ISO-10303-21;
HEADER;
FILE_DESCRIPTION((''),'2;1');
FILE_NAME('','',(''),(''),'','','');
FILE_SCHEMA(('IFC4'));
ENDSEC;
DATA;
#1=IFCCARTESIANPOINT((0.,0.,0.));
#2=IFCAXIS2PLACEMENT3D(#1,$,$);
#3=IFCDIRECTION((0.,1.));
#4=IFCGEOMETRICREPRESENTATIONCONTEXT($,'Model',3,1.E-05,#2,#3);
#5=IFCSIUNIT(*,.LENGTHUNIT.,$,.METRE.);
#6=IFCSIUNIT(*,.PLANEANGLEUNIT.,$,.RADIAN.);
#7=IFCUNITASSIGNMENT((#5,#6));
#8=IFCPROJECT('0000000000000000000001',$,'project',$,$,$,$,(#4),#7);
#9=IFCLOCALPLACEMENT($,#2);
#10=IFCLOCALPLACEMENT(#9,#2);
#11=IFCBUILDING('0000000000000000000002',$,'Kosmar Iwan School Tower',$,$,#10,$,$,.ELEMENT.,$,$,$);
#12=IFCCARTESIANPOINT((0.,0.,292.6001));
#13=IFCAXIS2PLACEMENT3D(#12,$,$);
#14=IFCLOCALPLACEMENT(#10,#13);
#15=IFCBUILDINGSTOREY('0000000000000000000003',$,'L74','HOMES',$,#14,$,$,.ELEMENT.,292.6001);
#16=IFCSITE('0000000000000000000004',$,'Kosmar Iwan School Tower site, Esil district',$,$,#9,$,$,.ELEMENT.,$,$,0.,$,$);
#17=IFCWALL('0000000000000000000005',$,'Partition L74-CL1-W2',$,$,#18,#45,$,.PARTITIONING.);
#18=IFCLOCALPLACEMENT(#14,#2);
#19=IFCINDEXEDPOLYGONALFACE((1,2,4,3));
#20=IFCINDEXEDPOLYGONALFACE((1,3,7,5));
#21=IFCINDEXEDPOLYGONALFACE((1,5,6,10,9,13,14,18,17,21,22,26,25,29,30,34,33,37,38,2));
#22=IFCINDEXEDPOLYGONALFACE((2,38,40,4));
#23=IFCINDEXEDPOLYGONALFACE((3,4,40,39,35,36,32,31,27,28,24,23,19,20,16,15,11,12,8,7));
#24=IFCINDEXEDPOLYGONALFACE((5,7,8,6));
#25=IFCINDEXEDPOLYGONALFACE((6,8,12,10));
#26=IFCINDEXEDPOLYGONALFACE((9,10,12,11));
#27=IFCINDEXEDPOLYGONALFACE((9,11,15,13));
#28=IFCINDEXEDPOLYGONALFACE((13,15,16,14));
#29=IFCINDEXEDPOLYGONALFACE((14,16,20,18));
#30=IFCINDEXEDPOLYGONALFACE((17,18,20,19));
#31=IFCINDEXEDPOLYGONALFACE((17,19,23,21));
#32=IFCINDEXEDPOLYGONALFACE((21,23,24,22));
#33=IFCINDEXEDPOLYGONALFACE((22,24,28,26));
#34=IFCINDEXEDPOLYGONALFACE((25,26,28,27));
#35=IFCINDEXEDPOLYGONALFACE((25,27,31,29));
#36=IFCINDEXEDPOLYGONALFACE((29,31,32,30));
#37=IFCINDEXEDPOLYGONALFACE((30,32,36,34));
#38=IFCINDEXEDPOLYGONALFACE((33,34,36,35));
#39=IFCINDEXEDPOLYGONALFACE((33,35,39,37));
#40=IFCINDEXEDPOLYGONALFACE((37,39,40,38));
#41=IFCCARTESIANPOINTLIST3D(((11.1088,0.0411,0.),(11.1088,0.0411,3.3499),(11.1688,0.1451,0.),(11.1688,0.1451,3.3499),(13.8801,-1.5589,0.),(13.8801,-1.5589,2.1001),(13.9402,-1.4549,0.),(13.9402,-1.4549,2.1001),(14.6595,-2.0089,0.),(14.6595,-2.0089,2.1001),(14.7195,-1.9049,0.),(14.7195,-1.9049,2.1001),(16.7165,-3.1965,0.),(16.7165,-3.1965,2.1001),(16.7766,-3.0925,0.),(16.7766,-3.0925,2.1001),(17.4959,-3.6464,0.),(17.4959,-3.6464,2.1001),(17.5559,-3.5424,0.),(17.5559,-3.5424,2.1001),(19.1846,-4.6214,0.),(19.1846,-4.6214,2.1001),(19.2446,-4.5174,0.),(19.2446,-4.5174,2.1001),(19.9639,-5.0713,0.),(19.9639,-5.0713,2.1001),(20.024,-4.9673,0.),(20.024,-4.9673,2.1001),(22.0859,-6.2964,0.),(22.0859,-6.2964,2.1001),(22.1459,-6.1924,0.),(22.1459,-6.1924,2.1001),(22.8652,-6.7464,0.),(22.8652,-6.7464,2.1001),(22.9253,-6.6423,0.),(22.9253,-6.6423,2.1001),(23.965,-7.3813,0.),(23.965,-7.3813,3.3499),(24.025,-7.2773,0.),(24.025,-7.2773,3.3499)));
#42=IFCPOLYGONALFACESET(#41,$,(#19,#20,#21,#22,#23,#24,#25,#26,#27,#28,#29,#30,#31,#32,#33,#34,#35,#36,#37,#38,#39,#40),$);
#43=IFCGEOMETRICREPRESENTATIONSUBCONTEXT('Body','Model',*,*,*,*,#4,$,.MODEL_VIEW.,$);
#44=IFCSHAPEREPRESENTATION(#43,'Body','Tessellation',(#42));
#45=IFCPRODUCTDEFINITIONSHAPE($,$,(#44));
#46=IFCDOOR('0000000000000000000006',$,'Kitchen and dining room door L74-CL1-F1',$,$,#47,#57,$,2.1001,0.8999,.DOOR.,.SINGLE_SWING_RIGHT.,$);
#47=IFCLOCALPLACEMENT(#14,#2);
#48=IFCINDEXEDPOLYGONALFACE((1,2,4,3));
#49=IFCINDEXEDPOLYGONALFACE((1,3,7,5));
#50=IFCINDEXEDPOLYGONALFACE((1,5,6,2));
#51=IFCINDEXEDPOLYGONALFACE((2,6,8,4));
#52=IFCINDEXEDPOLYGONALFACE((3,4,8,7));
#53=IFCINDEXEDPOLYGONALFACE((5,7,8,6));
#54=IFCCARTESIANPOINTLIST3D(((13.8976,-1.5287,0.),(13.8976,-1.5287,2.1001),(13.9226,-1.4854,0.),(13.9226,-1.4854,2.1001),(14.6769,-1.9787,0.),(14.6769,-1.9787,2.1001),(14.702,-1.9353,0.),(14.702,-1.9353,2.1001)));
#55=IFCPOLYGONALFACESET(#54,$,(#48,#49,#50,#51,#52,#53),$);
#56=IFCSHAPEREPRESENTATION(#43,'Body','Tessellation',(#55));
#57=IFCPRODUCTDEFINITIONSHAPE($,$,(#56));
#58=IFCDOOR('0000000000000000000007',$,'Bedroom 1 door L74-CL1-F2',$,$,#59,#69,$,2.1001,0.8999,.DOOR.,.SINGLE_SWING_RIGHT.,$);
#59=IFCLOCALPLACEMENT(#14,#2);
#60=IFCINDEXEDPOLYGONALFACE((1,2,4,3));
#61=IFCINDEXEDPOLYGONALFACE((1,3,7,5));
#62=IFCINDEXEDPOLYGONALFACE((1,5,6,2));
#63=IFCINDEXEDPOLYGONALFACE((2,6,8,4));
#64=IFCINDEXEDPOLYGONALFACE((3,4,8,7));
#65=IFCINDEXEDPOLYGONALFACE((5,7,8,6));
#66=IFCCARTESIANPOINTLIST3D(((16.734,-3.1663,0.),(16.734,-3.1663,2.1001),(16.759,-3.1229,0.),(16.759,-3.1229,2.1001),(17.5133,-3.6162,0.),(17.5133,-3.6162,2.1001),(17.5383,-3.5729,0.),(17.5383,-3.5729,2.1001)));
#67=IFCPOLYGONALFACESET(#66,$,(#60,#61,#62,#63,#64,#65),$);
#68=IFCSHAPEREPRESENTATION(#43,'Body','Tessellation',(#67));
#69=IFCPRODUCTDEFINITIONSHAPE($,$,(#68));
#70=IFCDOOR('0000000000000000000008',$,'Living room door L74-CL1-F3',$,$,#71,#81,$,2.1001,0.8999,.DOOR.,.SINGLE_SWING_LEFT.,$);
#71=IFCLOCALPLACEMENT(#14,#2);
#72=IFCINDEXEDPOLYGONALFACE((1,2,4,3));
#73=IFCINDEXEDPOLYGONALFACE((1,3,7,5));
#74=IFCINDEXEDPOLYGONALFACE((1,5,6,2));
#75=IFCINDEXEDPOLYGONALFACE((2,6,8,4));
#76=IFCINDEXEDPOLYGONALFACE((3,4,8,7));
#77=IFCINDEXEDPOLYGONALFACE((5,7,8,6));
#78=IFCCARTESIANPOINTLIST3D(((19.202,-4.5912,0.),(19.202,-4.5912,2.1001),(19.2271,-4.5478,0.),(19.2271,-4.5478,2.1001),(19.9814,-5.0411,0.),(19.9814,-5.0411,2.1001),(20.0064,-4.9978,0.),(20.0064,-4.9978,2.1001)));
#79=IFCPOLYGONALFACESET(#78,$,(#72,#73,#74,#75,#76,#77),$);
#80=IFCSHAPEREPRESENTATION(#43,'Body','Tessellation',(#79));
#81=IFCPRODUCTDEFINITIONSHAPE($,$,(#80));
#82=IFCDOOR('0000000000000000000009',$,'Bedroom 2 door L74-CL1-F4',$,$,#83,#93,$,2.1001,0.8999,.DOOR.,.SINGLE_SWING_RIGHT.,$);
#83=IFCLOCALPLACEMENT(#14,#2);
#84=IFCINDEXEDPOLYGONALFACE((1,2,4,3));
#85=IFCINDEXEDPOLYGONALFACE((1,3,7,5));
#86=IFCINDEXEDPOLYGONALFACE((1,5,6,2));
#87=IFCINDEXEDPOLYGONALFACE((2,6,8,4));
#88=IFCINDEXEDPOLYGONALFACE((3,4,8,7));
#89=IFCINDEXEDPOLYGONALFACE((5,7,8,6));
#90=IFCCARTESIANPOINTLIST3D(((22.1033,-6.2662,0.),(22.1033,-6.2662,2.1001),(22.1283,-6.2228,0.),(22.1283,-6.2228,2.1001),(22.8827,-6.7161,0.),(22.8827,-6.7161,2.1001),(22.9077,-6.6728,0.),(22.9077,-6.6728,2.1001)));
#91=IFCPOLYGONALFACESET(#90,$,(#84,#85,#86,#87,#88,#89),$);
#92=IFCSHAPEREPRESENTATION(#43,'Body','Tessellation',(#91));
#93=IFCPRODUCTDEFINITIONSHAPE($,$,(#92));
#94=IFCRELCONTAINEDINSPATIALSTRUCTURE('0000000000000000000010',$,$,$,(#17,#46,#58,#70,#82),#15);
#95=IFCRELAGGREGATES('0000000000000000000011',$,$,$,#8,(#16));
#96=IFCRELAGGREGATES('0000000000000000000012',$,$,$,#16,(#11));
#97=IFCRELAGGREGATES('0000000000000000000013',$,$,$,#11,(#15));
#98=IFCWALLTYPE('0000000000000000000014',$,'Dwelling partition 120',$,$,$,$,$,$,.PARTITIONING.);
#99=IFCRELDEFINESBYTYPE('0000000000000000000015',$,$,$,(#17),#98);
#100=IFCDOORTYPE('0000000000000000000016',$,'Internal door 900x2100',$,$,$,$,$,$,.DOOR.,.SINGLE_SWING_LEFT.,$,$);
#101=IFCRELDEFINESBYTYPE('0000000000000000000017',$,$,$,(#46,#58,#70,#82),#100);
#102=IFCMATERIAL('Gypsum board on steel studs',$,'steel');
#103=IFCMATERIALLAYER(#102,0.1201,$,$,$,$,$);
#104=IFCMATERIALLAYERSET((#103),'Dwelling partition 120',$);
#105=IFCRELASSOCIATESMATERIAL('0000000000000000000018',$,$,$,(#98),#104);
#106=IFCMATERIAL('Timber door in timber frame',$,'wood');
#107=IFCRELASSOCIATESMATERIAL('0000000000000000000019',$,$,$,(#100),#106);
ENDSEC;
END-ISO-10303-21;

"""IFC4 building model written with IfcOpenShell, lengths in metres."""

from ifc_helpers import new_model, si_unit, direction, frame, frame_2d, origin, place, context, subcontext, project, spatial, rectangle, extrude, material, layer, layer_set, type_object, element, fill, save


model = new_model("IFC4")

# Units and contexts
model_context = context("Model", 3, precision=1e-05, world=origin(), true_north=direction((0.0, 1.0)))
body_context = subcontext(model_context, "Body", "Model", "MODEL_VIEW")
ifc_project = project(units=[si_unit("LENGTHUNIT", "METRE"), si_unit("PLANEANGLEUNIT", "RADIAN")], contexts=[model_context])

# Site, building, storey
site_placement = place(None, origin())
site = spatial("IfcSite", under=ifc_project, at=site_placement, Name="Kosmar Iwan School Tower site, Esil district", CompositionType="ELEMENT", RefElevation=0.0)
building_placement = place(site_placement, origin())
building = spatial("IfcBuilding", under=site, at=building_placement, Name="Kosmar Iwan School Tower", CompositionType="ELEMENT")
storey_placement = place(building_placement, frame((0.0, 0.0, 292.6001)))
storey = spatial("IfcBuildingStorey", under=building, at=storey_placement, Name="L74", Description="HOMES", CompositionType="ELEMENT", Elevation=292.6001)

# Wall, openings, doors
ifc_material_1 = material(Name="Gypsum board on steel studs", Category="steel")
ifc_layer_1 = layer(ifc_material_1, 0.1201)
ifc_layer_set_1 = layer_set([ifc_layer_1], Name="Dwelling partition 120")
wall_type_1 = type_object("IfcWallType", Name="Dwelling partition 120", PredefinedType="PARTITIONING", material=ifc_layer_set_1)
ifc_material_2 = material(Name="Timber door in timber frame", Category="wood")
door_type_1 = type_object("IfcDoorType", Name="Internal door 900x2100", OperationType="SINGLE_SWING_LEFT", PredefinedType="DOOR", material=ifc_material_2)
wall_1_placement = place(storey_placement, frame((11.1389, 0.093, 0.0), z_axis=(0.0, 0.0, 1.0), x_axis=(0.86603, -0.499992, 0.0)))
wall_1 = element("IfcWall", 1, at=wall_1_placement, inside=storey, type_object=wall_type_1, Name="Partition L74-CL1-W2", PredefinedType="PARTITIONING", context=body_context, shape_type="SweptSolid", body=[
    extrude(rectangle(XDim=14.845, YDim=0.1201, at=frame_2d((7.4224, 0.0))), origin(), (0.0, 0.0, 1.0), 3.3499),
])
opening_1_placement = place(wall_1_placement, frame((3.2, 0.0, 0.0)))
opening_1 = element("IfcOpeningElement", 2, at=opening_1_placement, cuts=wall_1, PredefinedType="OPENING", context=body_context, shape_type="SweptSolid", body=[
    extrude(rectangle(XDim=0.8999, YDim=2.1001, at=frame_2d((0.45, 1.05))), frame((0.0, 0.072, 0.0), z_axis=(0.0, -1.0, 0.0), x_axis=(1.0, 0.0, 0.0)), (0.0, 0.0, 1.0), 0.144),
])
opening_2_placement = place(wall_1_placement, frame((6.4751, 0.0, 0.0)))
opening_2 = element("IfcOpeningElement", 3, at=opening_2_placement, cuts=wall_1, PredefinedType="OPENING", context=body_context, shape_type="SweptSolid", body=[
    extrude(rectangle(XDim=0.8999, YDim=2.1001, at=frame_2d((0.45, 1.05))), frame((0.0, 0.072, 0.0), z_axis=(0.0, -1.0, 0.0), x_axis=(1.0, 0.0, 0.0)), (0.0, 0.0, 1.0), 0.144),
])
opening_3_placement = place(wall_1_placement, frame((9.325, 0.0, 0.0)))
opening_3 = element("IfcOpeningElement", 4, at=opening_3_placement, cuts=wall_1, PredefinedType="OPENING", context=body_context, shape_type="SweptSolid", body=[
    extrude(rectangle(XDim=0.8999, YDim=2.1001, at=frame_2d((0.45, 1.05))), frame((0.0, 0.072, 0.0), z_axis=(0.0, -1.0, 0.0), x_axis=(1.0, 0.0, 0.0)), (0.0, 0.0, 1.0), 0.144),
])
opening_4_placement = place(wall_1_placement, frame((12.675, 0.0, 0.0)))
opening_4 = element("IfcOpeningElement", 5, at=opening_4_placement, cuts=wall_1, PredefinedType="OPENING", context=body_context, shape_type="SweptSolid", body=[
    extrude(rectangle(XDim=0.8999, YDim=2.1001, at=frame_2d((0.45, 1.05))), frame((0.0, 0.072, 0.0), z_axis=(0.0, -1.0, 0.0), x_axis=(1.0, 0.0, 0.0)), (0.0, 0.0, 1.0), 0.144),
])
door_1_placement = place(opening_1_placement, origin())
door_1 = element("IfcDoor", 6, at=door_1_placement, inside=storey, type_object=door_type_1, Name="Kitchen and dining room door L74-CL1-F1", OperationType="SINGLE_SWING_RIGHT", OverallHeight=2.1001, OverallWidth=0.8999, PredefinedType="DOOR", context=body_context, shape_type="SweptSolid", body=[
    extrude(rectangle(XDim=0.8999, YDim=2.1001, at=frame_2d((0.45, 1.05))), frame((0.0, 0.0249, 0.0), z_axis=(0.0, -1.0, 0.0), x_axis=(1.0, 0.0, 0.0)), (0.0, 0.0, 1.0), 0.05),
])
fill(opening_1, door_1)
door_2_placement = place(opening_2_placement, origin())
door_2 = element("IfcDoor", 7, at=door_2_placement, inside=storey, type_object=door_type_1, Name="Bedroom 1 door L74-CL1-F2", OperationType="SINGLE_SWING_RIGHT", OverallHeight=2.1001, OverallWidth=0.8999, PredefinedType="DOOR", context=body_context, shape_type="SweptSolid", body=[
    extrude(rectangle(XDim=0.8999, YDim=2.1001, at=frame_2d((0.45, 1.05))), frame((0.0, 0.0249, 0.0), z_axis=(0.0, -1.0, 0.0), x_axis=(1.0, 0.0, 0.0)), (0.0, 0.0, 1.0), 0.05),
])
fill(opening_2, door_2)
door_3_placement = place(opening_3_placement, origin())
door_3 = element("IfcDoor", 8, at=door_3_placement, inside=storey, type_object=door_type_1, Name="Living room door L74-CL1-F3", OperationType="SINGLE_SWING_LEFT", OverallHeight=2.1001, OverallWidth=0.8999, PredefinedType="DOOR", context=body_context, shape_type="SweptSolid", body=[
    extrude(rectangle(XDim=0.8999, YDim=2.1001, at=frame_2d((0.45, 1.05))), frame((0.0, 0.0249, 0.0), z_axis=(0.0, -1.0, 0.0), x_axis=(1.0, 0.0, 0.0)), (0.0, 0.0, 1.0), 0.05),
])
fill(opening_3, door_3)
door_4_placement = place(opening_4_placement, origin())
door_4 = element("IfcDoor", 9, at=door_4_placement, inside=storey, type_object=door_type_1, Name="Bedroom 2 door L74-CL1-F4", OperationType="SINGLE_SWING_RIGHT", OverallHeight=2.1001, OverallWidth=0.8999, PredefinedType="DOOR", context=body_context, shape_type="SweptSolid", body=[
    extrude(rectangle(XDim=0.8999, YDim=2.1001, at=frame_2d((0.45, 1.05))), frame((0.0, 0.0249, 0.0), z_axis=(0.0, -1.0, 0.0), x_axis=(1.0, 0.0, 0.0)), (0.0, 0.0, 1.0), 0.05),
])
fill(opening_4, door_4)

save(model, "model.ifc")
